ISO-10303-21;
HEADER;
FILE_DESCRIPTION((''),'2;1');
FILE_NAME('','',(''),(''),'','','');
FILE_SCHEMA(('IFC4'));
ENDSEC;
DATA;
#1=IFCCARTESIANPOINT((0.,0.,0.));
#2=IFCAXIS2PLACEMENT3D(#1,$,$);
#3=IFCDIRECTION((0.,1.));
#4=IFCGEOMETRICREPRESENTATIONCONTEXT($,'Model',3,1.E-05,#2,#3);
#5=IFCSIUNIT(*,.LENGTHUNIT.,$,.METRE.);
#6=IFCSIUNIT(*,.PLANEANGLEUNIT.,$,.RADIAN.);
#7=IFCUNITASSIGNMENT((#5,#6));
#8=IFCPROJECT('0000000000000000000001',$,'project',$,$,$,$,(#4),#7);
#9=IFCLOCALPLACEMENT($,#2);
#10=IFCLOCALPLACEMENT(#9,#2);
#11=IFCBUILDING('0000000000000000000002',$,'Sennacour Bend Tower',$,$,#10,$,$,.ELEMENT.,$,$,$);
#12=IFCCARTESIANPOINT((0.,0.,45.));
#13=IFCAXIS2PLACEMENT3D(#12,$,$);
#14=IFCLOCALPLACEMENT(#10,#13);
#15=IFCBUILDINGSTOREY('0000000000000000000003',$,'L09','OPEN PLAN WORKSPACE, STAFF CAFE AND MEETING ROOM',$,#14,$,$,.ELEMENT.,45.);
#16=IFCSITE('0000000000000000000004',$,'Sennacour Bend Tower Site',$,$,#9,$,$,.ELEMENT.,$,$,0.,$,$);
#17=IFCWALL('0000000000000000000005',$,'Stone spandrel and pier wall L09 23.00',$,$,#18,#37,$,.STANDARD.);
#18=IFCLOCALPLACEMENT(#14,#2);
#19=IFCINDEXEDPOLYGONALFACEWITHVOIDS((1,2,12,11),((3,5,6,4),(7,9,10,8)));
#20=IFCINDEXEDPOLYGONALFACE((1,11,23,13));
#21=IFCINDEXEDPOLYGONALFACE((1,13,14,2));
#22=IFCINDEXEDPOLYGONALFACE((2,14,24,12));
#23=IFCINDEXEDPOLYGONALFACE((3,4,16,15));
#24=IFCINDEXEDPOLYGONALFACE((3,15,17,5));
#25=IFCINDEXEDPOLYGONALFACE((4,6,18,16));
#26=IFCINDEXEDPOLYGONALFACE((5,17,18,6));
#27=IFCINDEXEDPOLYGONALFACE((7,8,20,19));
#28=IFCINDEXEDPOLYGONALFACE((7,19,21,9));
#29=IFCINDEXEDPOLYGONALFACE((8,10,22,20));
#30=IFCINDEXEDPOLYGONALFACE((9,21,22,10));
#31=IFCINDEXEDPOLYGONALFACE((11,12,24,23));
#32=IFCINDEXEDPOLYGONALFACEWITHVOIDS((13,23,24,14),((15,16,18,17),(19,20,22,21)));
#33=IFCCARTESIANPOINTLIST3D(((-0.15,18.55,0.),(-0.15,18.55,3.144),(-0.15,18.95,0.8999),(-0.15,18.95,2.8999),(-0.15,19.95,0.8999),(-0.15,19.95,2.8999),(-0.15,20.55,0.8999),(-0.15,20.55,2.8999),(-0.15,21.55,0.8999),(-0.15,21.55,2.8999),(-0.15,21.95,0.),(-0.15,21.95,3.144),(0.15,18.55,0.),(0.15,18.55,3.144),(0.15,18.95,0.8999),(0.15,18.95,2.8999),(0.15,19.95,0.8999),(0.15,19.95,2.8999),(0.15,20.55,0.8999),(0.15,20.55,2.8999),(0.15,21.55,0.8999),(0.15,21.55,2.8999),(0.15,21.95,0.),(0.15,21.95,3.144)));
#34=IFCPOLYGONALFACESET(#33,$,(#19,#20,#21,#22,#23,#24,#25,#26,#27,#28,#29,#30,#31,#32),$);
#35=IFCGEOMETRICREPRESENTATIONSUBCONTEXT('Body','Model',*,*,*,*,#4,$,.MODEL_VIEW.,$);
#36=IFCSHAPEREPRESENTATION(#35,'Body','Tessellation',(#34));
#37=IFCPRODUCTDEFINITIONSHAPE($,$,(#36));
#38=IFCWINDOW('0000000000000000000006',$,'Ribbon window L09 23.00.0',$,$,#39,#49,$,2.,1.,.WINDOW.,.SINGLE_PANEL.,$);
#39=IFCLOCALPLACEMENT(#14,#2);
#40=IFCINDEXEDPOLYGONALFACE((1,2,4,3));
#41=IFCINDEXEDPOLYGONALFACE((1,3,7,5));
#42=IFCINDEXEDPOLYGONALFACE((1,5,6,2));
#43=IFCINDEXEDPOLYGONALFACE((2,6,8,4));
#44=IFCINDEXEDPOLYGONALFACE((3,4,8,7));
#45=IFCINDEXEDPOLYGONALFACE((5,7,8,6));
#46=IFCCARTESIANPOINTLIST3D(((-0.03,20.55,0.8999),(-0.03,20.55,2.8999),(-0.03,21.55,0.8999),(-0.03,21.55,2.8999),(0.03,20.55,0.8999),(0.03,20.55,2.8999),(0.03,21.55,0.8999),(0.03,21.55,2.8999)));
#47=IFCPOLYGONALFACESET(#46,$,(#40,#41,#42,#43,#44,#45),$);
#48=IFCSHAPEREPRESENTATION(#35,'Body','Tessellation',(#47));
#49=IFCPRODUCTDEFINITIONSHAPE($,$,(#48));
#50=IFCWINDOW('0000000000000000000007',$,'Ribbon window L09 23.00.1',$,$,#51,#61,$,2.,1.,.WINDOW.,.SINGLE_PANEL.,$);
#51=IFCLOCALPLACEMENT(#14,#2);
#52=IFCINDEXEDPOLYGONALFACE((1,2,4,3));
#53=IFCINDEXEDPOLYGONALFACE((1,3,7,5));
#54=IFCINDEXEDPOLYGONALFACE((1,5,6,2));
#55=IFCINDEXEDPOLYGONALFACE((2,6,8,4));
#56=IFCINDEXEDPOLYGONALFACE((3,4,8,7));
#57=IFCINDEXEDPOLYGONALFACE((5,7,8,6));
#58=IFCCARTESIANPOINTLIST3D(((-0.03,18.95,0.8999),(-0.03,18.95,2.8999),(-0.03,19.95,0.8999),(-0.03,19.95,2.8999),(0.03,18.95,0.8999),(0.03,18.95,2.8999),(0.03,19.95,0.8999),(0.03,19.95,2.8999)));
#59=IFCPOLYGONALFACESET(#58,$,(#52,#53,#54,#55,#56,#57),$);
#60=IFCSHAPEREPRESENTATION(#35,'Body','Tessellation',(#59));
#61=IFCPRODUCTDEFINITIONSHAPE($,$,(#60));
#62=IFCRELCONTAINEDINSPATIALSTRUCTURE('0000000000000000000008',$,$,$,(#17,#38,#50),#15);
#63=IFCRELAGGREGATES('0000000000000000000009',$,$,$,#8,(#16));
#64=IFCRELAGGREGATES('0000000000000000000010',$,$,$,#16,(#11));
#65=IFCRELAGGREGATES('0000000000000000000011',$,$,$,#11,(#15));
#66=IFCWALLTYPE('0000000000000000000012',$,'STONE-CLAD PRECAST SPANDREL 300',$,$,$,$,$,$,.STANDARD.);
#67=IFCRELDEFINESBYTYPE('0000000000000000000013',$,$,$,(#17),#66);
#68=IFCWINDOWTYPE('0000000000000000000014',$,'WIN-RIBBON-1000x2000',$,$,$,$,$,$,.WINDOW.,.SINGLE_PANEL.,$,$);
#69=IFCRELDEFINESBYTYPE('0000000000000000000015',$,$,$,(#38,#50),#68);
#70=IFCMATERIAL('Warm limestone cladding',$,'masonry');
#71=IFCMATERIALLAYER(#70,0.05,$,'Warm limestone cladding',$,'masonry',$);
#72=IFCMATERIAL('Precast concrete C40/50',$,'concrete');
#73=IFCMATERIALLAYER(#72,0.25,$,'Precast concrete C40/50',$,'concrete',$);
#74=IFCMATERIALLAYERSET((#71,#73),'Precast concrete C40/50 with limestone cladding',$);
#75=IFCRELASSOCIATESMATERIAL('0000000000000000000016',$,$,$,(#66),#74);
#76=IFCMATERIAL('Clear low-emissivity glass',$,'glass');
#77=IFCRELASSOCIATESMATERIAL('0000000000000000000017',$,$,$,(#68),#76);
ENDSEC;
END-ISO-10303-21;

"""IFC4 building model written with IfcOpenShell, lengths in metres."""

from ifc_helpers import new_model, si_unit, direction, frame, frame_2d, origin, place, context, subcontext, project, spatial, rectangle, extrude, material, layer, layer_set, type_object, element, fill, save


model = new_model("IFC4")

# Units and contexts
model_context = context("Model", 3, precision=1e-05, world=origin(), true_north=direction((0.0, 1.0)))
body_context = subcontext(model_context, "Body", "Model", "MODEL_VIEW")
ifc_project = project(units=[si_unit("LENGTHUNIT", "METRE"), si_unit("PLANEANGLEUNIT", "RADIAN")], contexts=[model_context])

# Site, building, storey
site_placement = place(None, origin())
site = spatial("IfcSite", under=ifc_project, at=site_placement, Name="Sennacour Bend Tower Site", CompositionType="ELEMENT", RefElevation=0.0)
building_placement = place(site_placement, origin())
building = spatial("IfcBuilding", under=site, at=building_placement, Name="Sennacour Bend Tower", CompositionType="ELEMENT")
storey_placement = place(building_placement, frame((0.0, 0.0, 45.0)))
storey = spatial("IfcBuildingStorey", under=building, at=storey_placement, Name="L09", Description="OPEN PLAN WORKSPACE, STAFF CAFE AND MEETING ROOM", CompositionType="ELEMENT", Elevation=45.0)

# Wall, openings, windows
ifc_material_1 = material(Name="Warm limestone cladding", Category="masonry")
ifc_layer_1 = layer(ifc_material_1, 0.05, Name="Warm limestone cladding", Category="masonry")
ifc_material_2 = material(Name="Precast concrete C40/50", Category="concrete")
ifc_layer_2 = layer(ifc_material_2, 0.25, Name="Precast concrete C40/50", Category="concrete")
ifc_layer_set_1 = layer_set([ifc_layer_1, ifc_layer_2], Name="Precast concrete C40/50 with limestone cladding")
wall_type_1 = type_object("IfcWallType", Name="STONE-CLAD PRECAST SPANDREL 300", PredefinedType="STANDARD", material=ifc_layer_set_1)
wall_1_placement = place(storey_placement, frame((0.0, 21.95, 0.0), z_axis=(0.0, 0.0, 1.0), x_axis=(0.0, -1.0, 0.0)))
wall_1 = element("IfcWall", 1, at=wall_1_placement, inside=storey, type_object=wall_type_1, Name="Stone spandrel and pier wall L09 23.00", PredefinedType="STANDARD", context=body_context, shape_type="SweptSolid", body=[
    extrude(rectangle(XDim=3.3999, YDim=0.3, at=frame_2d((1.7, 0.0))), origin(), (0.0, 0.0, 1.0), 3.144),
])
opening_1_placement = place(wall_1_placement, frame((0.3999, 0.0, 0.8999)))
opening_1 = element("IfcOpeningElement", 2, at=opening_1_placement, cuts=wall_1, PredefinedType="OPENING", context=body_context, shape_type="SweptSolid", body=[
    extrude(rectangle(XDim=1.0, YDim=2.0, at=frame_2d((0.5, 1.0))), frame((0.0, 0.1602, 0.0), z_axis=(0.0, -1.0, 0.0), x_axis=(1.0, 0.0, 0.0)), (0.0, 0.0, 1.0), 0.3201),
])
opening_2_placement = place(wall_1_placement, frame((2.0, 0.0, 0.8999)))
opening_2 = element("IfcOpeningElement", 3, at=opening_2_placement, cuts=wall_1, PredefinedType="OPENING", context=body_context, shape_type="SweptSolid", body=[
    extrude(rectangle(XDim=1.0, YDim=2.0, at=frame_2d((0.5, 1.0))), frame((0.0, 0.1602, 0.0), z_axis=(0.0, -1.0, 0.0), x_axis=(1.0, 0.0, 0.0)), (0.0, 0.0, 1.0), 0.3201),
])
ifc_material_3 = material(Name="Clear low-emissivity glass", Category="glass")
window_type = type_object("IfcWindowType", Name="WIN-RIBBON-1000x2000", PartitioningType="SINGLE_PANEL", PredefinedType="WINDOW", material=ifc_material_3)
window_1_placement = place(opening_1_placement, origin())
window_1 = element("IfcWindow", 4, at=window_1_placement, inside=storey, type_object=window_type, Name="Ribbon window L09 23.00.0", OverallHeight=2.0, OverallWidth=1.0, PartitioningType="SINGLE_PANEL", PredefinedType="WINDOW", context=body_context, shape_type="SweptSolid", body=[
    extrude(rectangle(XDim=1.0, YDim=2.0, at=frame_2d((0.5, 1.0))), frame((0.0, 0.03, 0.0), z_axis=(0.0, -1.0, 0.0), x_axis=(1.0, 0.0, 0.0)), (0.0, 0.0, 1.0), 0.0601),
])
fill(opening_1, window_1)
window_2_placement = place(opening_2_placement, origin())
window_2 = element("IfcWindow", 5, at=window_2_placement, inside=storey, type_object=window_type, Name="Ribbon window L09 23.00.1", OverallHeight=2.0, OverallWidth=1.0, PartitioningType="SINGLE_PANEL", PredefinedType="WINDOW", context=body_context, shape_type="SweptSolid", body=[
    extrude(rectangle(XDim=1.0, YDim=2.0, at=frame_2d((0.5, 1.0))), frame((0.0, 0.03, 0.0), z_axis=(0.0, -1.0, 0.0), x_axis=(1.0, 0.0, 0.0)), (0.0, 0.0, 1.0), 0.0601),
])
fill(opening_2, window_2)

save(model, "model.ifc")
